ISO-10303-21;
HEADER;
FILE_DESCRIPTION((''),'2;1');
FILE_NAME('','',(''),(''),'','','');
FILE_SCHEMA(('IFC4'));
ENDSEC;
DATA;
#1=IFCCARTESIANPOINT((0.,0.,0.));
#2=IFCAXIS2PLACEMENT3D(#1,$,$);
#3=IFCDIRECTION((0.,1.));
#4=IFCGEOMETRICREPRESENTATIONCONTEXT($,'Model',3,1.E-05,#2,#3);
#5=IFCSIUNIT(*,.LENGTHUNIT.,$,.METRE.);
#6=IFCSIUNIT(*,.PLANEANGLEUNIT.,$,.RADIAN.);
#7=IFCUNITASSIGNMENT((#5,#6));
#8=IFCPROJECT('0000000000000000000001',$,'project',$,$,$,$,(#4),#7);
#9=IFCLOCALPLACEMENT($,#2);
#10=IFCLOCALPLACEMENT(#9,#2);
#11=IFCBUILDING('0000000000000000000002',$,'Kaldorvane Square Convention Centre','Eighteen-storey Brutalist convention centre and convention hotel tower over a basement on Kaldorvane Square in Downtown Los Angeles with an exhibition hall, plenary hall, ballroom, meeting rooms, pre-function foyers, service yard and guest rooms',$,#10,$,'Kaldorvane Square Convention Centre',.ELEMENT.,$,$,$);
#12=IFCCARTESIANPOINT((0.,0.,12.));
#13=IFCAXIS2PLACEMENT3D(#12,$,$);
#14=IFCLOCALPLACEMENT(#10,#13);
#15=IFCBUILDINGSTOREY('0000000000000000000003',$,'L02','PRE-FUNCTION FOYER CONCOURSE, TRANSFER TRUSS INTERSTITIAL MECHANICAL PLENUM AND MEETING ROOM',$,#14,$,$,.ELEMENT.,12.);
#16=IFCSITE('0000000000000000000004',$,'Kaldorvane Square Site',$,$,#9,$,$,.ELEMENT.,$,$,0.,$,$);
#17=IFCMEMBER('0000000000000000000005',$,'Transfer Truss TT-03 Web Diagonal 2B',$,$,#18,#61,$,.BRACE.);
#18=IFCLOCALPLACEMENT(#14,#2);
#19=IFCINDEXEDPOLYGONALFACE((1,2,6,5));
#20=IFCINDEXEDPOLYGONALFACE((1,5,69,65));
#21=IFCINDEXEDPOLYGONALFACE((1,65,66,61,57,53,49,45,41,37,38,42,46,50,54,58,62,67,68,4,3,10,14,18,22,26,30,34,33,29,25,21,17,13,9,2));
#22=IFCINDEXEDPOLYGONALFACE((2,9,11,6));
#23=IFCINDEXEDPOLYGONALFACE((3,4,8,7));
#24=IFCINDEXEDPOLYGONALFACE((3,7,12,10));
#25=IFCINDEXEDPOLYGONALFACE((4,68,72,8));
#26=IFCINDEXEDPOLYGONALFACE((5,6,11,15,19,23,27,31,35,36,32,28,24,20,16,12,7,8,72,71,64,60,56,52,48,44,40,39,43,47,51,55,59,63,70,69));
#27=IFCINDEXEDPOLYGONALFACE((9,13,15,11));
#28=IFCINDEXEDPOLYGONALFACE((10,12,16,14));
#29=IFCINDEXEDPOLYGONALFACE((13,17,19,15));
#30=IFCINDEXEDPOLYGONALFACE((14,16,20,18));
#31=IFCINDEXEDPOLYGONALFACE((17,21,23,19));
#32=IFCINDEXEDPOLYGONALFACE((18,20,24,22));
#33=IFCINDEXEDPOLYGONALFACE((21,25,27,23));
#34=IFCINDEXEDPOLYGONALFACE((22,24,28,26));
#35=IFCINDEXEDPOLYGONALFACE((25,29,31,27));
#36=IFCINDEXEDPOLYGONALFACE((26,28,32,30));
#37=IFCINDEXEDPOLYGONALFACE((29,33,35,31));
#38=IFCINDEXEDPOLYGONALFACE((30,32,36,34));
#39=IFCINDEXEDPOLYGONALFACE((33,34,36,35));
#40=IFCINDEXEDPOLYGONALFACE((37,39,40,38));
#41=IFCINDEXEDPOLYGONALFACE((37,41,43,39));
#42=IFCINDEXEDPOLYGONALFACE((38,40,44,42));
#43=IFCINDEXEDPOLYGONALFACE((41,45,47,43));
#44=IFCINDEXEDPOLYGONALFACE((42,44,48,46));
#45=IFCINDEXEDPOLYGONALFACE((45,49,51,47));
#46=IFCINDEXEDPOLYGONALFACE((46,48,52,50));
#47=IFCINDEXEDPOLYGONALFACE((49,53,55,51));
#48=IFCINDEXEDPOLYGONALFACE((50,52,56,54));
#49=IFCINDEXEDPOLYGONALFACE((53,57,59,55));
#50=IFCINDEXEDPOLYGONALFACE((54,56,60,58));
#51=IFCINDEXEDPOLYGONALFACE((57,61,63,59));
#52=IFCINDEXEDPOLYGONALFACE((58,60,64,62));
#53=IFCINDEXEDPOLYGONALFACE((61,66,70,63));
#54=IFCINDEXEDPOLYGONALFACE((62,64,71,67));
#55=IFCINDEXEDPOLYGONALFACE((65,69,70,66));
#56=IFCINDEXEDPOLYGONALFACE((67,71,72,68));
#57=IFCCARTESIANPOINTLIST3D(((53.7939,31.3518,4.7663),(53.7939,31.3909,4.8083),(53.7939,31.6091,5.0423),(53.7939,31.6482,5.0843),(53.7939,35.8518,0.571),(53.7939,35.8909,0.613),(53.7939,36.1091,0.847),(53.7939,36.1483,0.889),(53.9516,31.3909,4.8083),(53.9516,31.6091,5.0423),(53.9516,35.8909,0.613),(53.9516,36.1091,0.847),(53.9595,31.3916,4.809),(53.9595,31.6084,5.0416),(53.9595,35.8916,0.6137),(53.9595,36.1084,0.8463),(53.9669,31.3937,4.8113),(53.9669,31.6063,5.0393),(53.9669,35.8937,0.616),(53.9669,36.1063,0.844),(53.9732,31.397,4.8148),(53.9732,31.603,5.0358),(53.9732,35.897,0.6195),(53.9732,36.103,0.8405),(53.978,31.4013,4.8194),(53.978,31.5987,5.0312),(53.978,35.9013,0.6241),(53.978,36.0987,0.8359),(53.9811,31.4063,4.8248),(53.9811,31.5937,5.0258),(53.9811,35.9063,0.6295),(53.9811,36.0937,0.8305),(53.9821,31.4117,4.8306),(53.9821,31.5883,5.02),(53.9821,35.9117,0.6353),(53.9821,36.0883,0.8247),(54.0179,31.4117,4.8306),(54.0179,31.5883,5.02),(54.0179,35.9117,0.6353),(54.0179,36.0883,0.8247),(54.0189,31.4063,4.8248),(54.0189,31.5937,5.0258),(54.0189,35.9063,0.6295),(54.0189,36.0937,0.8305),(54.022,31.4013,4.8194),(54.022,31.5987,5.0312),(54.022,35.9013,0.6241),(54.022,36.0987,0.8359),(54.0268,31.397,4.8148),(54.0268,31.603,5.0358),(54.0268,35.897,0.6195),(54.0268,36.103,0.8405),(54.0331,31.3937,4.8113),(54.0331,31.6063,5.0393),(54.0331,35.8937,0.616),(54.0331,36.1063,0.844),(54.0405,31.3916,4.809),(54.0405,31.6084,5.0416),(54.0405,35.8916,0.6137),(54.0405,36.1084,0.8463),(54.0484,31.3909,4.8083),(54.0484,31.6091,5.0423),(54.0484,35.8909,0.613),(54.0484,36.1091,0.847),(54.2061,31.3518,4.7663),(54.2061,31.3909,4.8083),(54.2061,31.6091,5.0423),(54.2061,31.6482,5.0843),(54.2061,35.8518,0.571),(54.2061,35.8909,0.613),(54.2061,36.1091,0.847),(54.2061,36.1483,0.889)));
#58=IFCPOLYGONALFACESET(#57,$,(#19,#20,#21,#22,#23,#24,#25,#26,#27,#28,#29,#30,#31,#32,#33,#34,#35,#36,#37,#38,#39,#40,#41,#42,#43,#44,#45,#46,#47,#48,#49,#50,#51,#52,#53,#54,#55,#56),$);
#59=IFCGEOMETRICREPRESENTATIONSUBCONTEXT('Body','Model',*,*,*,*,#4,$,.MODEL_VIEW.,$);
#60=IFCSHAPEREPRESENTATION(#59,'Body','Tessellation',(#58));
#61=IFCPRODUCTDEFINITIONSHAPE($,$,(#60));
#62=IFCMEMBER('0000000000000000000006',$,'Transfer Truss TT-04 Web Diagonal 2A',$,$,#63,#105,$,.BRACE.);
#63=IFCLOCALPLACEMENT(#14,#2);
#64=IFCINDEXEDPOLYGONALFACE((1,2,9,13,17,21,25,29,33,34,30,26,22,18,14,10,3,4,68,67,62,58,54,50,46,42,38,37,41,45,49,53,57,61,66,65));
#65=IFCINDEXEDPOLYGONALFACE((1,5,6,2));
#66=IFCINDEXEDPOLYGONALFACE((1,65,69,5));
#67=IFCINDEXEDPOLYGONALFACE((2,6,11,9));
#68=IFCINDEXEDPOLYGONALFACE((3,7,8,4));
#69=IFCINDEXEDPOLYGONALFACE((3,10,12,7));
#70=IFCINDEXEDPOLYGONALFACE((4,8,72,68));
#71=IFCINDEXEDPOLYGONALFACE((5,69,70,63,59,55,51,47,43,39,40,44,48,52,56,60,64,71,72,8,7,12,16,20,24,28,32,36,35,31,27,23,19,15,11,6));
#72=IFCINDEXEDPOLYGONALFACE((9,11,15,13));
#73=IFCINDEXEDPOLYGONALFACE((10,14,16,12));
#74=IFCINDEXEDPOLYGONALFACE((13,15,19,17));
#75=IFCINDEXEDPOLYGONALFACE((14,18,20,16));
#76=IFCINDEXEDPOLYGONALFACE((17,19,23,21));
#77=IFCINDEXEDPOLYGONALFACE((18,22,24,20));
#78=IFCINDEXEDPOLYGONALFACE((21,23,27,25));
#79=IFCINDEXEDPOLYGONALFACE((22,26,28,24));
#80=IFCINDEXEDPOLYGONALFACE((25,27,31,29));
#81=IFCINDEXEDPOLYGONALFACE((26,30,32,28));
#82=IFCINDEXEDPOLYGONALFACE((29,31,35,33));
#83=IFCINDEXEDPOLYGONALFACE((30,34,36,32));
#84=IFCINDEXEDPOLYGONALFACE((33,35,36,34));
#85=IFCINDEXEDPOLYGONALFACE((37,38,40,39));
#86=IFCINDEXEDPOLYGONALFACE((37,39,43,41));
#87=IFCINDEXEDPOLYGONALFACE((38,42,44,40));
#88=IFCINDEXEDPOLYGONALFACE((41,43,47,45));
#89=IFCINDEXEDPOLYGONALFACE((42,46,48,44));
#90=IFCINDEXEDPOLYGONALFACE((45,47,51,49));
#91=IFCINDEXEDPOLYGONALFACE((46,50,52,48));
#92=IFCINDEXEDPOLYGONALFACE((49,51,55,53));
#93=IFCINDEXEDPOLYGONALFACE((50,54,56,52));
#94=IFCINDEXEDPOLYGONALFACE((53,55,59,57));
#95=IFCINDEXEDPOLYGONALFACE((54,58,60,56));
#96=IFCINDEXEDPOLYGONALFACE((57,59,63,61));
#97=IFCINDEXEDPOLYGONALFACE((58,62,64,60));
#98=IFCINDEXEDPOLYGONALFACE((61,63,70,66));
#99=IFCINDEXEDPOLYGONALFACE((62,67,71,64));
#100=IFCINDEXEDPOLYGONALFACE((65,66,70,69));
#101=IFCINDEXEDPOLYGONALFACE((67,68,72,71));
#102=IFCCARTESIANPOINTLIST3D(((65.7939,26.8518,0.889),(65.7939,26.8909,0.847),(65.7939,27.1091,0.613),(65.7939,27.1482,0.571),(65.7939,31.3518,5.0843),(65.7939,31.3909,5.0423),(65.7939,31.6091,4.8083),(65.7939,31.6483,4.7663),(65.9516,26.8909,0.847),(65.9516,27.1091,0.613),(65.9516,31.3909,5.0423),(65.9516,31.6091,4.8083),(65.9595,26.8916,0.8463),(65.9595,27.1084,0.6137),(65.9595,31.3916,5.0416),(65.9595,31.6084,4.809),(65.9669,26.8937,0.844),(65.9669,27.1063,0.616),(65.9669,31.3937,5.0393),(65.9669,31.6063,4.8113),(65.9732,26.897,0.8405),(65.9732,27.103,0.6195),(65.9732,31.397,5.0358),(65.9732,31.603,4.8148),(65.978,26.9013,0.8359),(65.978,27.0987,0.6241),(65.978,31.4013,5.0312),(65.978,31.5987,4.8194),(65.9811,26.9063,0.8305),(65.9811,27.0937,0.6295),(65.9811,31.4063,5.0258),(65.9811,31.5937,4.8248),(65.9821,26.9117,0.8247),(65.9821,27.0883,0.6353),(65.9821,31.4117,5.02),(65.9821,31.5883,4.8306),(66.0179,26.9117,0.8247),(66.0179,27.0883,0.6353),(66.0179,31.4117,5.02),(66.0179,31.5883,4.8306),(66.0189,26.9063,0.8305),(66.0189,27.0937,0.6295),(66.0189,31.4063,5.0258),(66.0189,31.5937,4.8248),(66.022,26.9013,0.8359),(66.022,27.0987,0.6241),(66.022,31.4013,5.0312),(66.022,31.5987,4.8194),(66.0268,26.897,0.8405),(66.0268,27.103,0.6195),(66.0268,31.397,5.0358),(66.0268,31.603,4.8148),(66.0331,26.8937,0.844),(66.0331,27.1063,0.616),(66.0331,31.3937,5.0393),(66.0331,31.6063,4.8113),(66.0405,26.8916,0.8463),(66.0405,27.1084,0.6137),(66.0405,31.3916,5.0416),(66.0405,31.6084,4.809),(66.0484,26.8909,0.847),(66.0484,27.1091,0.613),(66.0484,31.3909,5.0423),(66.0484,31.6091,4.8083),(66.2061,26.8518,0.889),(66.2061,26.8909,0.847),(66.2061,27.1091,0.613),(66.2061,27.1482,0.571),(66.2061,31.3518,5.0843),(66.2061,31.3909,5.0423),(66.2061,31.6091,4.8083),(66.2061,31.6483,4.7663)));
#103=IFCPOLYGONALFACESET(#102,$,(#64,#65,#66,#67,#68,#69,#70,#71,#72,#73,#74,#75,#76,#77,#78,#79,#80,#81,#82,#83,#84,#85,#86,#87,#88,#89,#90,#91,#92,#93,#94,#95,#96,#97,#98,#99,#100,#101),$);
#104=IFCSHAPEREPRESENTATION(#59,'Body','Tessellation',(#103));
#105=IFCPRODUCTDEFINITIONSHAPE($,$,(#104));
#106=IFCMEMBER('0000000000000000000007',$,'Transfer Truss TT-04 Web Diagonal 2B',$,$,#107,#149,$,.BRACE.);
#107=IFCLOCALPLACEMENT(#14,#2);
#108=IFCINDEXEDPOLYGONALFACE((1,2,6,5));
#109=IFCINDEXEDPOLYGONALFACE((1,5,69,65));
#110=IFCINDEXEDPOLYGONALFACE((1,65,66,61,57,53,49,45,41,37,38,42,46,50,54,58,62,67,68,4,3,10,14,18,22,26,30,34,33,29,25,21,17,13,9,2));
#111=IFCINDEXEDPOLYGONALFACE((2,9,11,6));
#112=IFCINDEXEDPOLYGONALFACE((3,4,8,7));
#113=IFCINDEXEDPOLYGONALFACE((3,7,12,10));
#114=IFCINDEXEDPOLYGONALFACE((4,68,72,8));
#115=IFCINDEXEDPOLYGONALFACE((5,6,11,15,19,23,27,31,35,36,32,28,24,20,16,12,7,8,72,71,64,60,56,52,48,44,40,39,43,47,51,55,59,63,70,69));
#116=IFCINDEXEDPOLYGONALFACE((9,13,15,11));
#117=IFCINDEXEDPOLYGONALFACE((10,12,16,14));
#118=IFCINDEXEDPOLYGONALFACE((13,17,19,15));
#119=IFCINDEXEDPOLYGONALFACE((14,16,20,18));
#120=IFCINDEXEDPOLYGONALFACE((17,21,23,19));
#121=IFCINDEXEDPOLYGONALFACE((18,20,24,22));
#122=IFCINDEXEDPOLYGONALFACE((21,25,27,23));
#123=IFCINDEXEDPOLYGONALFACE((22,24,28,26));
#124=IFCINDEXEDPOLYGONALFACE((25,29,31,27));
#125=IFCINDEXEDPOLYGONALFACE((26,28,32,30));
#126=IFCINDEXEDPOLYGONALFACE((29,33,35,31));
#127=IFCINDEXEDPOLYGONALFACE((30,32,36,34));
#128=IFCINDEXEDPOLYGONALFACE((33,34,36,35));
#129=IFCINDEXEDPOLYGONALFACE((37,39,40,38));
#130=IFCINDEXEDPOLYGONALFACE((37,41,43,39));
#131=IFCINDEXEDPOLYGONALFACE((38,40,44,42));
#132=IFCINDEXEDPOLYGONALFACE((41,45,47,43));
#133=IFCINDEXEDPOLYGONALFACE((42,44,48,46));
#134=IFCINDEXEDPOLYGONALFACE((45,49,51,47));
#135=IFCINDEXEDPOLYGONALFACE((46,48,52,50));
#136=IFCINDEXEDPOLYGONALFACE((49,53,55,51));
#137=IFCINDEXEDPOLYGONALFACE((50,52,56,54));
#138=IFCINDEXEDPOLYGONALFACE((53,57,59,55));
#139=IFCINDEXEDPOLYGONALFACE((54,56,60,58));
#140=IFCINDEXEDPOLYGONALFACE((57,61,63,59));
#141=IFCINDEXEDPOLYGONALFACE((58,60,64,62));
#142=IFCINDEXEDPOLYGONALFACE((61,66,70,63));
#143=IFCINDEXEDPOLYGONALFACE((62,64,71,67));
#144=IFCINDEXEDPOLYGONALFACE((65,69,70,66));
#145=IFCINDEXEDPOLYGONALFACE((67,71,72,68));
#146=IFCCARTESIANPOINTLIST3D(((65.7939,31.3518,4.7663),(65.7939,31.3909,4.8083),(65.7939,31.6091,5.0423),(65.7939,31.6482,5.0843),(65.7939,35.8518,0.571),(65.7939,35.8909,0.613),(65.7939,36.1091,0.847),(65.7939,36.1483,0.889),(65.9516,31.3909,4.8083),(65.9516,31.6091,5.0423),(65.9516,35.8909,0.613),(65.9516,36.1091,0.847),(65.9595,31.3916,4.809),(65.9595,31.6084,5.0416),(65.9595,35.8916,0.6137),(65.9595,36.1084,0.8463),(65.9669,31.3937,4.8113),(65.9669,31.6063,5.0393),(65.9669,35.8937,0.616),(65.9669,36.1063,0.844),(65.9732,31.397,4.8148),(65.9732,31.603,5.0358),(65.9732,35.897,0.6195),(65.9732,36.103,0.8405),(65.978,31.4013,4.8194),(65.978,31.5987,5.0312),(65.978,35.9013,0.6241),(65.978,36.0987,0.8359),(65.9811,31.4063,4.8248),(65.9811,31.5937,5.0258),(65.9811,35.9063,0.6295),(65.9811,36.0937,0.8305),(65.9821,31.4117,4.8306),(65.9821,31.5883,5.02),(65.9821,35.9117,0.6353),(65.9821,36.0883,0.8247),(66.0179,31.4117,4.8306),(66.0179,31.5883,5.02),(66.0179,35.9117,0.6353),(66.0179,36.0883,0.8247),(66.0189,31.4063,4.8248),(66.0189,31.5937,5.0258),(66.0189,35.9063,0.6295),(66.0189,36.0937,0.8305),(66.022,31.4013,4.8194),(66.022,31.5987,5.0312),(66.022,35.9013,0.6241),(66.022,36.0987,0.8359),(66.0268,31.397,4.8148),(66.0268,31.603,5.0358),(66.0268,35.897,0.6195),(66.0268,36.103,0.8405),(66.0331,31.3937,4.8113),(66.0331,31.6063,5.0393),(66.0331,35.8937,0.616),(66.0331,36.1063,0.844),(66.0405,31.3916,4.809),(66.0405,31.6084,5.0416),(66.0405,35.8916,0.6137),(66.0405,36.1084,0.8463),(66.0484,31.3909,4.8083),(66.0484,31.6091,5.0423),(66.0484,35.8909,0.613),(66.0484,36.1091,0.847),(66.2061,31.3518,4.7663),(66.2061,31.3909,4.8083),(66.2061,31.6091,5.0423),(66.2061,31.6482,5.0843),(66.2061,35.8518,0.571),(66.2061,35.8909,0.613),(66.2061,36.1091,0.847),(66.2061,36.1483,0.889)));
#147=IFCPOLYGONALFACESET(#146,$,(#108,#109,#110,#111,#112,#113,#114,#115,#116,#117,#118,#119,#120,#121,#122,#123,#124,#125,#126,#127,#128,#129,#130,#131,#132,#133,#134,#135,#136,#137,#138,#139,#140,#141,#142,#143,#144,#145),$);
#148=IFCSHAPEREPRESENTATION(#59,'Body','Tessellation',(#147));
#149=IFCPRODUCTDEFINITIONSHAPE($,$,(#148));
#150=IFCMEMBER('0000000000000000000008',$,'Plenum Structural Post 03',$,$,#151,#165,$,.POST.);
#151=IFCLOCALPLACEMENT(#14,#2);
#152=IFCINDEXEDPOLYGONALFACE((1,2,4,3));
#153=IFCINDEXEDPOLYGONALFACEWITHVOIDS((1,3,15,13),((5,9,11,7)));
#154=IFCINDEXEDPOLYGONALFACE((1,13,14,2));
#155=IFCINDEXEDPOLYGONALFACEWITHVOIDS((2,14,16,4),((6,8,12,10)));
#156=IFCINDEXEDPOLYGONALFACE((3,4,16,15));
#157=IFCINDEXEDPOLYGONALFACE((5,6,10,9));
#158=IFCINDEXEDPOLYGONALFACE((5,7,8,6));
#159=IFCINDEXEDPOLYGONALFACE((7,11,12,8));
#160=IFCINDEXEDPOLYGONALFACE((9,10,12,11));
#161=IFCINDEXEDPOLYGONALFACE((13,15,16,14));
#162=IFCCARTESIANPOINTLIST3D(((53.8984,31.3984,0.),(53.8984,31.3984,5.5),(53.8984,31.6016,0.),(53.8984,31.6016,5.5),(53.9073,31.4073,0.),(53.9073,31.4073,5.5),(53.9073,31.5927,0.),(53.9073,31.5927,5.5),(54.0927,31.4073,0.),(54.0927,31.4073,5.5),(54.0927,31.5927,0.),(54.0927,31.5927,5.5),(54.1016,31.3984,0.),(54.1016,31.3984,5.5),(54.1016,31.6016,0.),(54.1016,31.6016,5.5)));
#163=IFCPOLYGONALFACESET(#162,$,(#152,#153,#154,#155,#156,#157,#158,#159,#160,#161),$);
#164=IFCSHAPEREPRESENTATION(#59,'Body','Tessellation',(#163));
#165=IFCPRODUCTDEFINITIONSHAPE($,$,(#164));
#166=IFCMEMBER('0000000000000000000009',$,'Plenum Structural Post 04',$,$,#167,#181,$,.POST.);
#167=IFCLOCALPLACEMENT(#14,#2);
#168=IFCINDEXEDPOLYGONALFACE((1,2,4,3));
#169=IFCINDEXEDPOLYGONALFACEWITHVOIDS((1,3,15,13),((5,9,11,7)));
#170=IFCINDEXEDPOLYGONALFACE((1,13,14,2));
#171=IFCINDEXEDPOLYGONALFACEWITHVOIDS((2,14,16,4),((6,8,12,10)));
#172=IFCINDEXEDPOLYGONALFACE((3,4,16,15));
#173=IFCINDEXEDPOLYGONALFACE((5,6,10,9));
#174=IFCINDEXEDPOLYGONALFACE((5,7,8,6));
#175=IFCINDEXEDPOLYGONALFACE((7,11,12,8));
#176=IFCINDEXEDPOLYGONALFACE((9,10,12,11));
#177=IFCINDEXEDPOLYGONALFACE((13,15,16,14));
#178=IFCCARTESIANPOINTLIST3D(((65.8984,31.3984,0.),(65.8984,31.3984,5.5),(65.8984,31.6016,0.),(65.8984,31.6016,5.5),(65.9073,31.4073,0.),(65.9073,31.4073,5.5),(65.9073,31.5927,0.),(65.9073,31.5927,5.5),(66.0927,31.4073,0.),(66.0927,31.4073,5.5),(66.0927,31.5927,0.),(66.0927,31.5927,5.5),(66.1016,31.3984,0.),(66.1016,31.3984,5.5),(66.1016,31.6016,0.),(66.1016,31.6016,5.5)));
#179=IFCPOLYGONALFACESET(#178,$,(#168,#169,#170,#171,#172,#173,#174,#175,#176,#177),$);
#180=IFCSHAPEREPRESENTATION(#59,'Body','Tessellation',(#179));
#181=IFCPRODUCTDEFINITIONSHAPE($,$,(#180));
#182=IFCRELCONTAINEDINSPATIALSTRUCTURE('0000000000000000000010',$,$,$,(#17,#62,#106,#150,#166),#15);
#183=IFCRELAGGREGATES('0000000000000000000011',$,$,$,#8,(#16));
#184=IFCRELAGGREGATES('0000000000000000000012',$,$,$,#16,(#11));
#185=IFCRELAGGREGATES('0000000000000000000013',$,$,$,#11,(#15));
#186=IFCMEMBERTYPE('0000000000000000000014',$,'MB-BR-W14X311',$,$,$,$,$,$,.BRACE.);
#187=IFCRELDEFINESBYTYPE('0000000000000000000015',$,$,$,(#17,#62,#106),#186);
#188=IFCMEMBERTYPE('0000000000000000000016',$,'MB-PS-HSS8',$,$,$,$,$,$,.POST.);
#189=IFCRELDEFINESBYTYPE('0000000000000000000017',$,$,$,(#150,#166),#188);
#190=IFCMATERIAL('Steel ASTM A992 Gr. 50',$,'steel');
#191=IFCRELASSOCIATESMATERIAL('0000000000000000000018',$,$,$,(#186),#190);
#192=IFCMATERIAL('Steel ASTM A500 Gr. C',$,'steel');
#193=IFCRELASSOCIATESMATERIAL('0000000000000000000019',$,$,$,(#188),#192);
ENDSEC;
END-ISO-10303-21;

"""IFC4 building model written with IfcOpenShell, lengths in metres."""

from ifc_helpers import new_model, si_unit, direction, frame, origin, origin_2d, place, context, subcontext, project, spatial, hollow_rectangle, i_section, extrude, material, material_profile, profile_set, type_object, element, save


model = new_model("IFC4")

# Units and contexts
model_context = context("Model", 3, precision=1e-05, world=origin(), true_north=direction((0.0, 1.0)))
body_context = subcontext(model_context, "Body", "Model", "MODEL_VIEW")
ifc_project = project(units=[si_unit("LENGTHUNIT", "METRE"), si_unit("PLANEANGLEUNIT", "RADIAN")], contexts=[model_context])

# Site, building, storey
site_placement = place(None, origin())
site = spatial("IfcSite", under=ifc_project, at=site_placement, Name="Kaldorvane Square Site", CompositionType="ELEMENT", RefElevation=0.0)
building_placement = place(site_placement, origin())
building = spatial("IfcBuilding", under=site, at=building_placement, Name="Kaldorvane Square Convention Centre", Description="Eighteen-storey Brutalist convention centre and convention hotel tower over a basement on Kaldorvane Square in Downtown Los Angeles with an exhibition hall, plenary hall, ballroom, meeting rooms, pre-function foyers, service yard and guest rooms", LongName="Kaldorvane Square Convention Centre", CompositionType="ELEMENT")
storey_placement = place(building_placement, frame((0.0, 0.0, 12.0)))
storey = spatial("IfcBuildingStorey", under=building, at=storey_placement, Name="L02", Description="PRE-FUNCTION FOYER CONCOURSE, TRANSFER TRUSS INTERSTITIAL MECHANICAL PLENUM AND MEETING ROOM", CompositionType="ELEMENT", Elevation=12.0)

# Shared definitions
ifc_material_1 = material(Name="Steel ASTM A992 Gr. 50", Category="steel")

# Members
ifc_material_profile_1 = material_profile(ifc_material_1, i_section(OverallWidth=0.4122, OverallDepth=0.4348, WebThickness=0.0358, FlangeThickness=0.0574, FilletRadius=0.0305, at=origin_2d()), Name="W14X311")
ifc_profile_set_1 = profile_set([ifc_material_profile_1], Name="Steel ASTM A992 Gr. 50")
member_type_1 = type_object("IfcMemberType", Name="MB-BR-W14X311", PredefinedType="BRACE", material=ifc_profile_set_1)
for number, where, z_axis, x_axis, name in (
    (1, (54.0, 31.5, 4.9253), (0.0, 0.731436, -0.68191), (-1.0, 0.0, 0.0), "Transfer Truss TT-03 Web Diagonal 2B"),
    (2, (66.0, 27.0, 0.73), (0.0, 0.731436, 0.68191), (-1.0, 0.0, 0.0), "Transfer Truss TT-04 Web Diagonal 2A"),
    (3, (66.0, 31.5, 4.9253), (0.0, 0.731436, -0.68191), (-1.0, 0.0, 0.0), "Transfer Truss TT-04 Web Diagonal 2B"),
):
    element("IfcMember", number, at=place(storey_placement, frame(where, z_axis=z_axis, x_axis=x_axis)), inside=storey, type_object=member_type_1, Name=name, PredefinedType="BRACE", context=body_context, shape_type="SweptSolid", body=[
        extrude(i_section(OverallWidth=0.4122, OverallDepth=0.4348, WebThickness=0.0358, FlangeThickness=0.0574, FilletRadius=0.0305, at=origin_2d()), origin(), (0.0, 0.0, 1.0), 6.1523),
    ])
ifc_material_2 = material(Name="Steel ASTM A500 Gr. C", Category="steel")
ifc_material_profile_2 = material_profile(ifc_material_2, hollow_rectangle(XDim=0.2032, YDim=0.2032, WallThickness=0.0089, at=origin_2d()), Name="HSS8X8X3/8")
ifc_profile_set_2 = profile_set([ifc_material_profile_2], Name="Steel ASTM A500 Gr. C")
member_type_2 = type_object("IfcMemberType", Name="MB-PS-HSS8", PredefinedType="POST", material=ifc_profile_set_2)
for number, where, z_axis, x_axis, name in (
    (4, (54.0, 31.5, 0.0), (0.0, 0.0, 1.0), (1.0, 0.0, 0.0), "Plenum Structural Post 03"),
    (5, (66.0, 31.5, 0.0), (0.0, 0.0, 1.0), (1.0, 0.0, 0.0), "Plenum Structural Post 04"),
):
    element("IfcMember", number, at=place(storey_placement, frame(where, z_axis=z_axis, x_axis=x_axis)), inside=storey, type_object=member_type_2, Name=name, PredefinedType="POST", context=body_context, shape_type="SweptSolid", body=[
        extrude(hollow_rectangle(XDim=0.2032, YDim=0.2032, WallThickness=0.0089, at=origin_2d()), origin(), (0.0, 0.0, 1.0), 5.5),
    ])

save(model, "model.ifc")
